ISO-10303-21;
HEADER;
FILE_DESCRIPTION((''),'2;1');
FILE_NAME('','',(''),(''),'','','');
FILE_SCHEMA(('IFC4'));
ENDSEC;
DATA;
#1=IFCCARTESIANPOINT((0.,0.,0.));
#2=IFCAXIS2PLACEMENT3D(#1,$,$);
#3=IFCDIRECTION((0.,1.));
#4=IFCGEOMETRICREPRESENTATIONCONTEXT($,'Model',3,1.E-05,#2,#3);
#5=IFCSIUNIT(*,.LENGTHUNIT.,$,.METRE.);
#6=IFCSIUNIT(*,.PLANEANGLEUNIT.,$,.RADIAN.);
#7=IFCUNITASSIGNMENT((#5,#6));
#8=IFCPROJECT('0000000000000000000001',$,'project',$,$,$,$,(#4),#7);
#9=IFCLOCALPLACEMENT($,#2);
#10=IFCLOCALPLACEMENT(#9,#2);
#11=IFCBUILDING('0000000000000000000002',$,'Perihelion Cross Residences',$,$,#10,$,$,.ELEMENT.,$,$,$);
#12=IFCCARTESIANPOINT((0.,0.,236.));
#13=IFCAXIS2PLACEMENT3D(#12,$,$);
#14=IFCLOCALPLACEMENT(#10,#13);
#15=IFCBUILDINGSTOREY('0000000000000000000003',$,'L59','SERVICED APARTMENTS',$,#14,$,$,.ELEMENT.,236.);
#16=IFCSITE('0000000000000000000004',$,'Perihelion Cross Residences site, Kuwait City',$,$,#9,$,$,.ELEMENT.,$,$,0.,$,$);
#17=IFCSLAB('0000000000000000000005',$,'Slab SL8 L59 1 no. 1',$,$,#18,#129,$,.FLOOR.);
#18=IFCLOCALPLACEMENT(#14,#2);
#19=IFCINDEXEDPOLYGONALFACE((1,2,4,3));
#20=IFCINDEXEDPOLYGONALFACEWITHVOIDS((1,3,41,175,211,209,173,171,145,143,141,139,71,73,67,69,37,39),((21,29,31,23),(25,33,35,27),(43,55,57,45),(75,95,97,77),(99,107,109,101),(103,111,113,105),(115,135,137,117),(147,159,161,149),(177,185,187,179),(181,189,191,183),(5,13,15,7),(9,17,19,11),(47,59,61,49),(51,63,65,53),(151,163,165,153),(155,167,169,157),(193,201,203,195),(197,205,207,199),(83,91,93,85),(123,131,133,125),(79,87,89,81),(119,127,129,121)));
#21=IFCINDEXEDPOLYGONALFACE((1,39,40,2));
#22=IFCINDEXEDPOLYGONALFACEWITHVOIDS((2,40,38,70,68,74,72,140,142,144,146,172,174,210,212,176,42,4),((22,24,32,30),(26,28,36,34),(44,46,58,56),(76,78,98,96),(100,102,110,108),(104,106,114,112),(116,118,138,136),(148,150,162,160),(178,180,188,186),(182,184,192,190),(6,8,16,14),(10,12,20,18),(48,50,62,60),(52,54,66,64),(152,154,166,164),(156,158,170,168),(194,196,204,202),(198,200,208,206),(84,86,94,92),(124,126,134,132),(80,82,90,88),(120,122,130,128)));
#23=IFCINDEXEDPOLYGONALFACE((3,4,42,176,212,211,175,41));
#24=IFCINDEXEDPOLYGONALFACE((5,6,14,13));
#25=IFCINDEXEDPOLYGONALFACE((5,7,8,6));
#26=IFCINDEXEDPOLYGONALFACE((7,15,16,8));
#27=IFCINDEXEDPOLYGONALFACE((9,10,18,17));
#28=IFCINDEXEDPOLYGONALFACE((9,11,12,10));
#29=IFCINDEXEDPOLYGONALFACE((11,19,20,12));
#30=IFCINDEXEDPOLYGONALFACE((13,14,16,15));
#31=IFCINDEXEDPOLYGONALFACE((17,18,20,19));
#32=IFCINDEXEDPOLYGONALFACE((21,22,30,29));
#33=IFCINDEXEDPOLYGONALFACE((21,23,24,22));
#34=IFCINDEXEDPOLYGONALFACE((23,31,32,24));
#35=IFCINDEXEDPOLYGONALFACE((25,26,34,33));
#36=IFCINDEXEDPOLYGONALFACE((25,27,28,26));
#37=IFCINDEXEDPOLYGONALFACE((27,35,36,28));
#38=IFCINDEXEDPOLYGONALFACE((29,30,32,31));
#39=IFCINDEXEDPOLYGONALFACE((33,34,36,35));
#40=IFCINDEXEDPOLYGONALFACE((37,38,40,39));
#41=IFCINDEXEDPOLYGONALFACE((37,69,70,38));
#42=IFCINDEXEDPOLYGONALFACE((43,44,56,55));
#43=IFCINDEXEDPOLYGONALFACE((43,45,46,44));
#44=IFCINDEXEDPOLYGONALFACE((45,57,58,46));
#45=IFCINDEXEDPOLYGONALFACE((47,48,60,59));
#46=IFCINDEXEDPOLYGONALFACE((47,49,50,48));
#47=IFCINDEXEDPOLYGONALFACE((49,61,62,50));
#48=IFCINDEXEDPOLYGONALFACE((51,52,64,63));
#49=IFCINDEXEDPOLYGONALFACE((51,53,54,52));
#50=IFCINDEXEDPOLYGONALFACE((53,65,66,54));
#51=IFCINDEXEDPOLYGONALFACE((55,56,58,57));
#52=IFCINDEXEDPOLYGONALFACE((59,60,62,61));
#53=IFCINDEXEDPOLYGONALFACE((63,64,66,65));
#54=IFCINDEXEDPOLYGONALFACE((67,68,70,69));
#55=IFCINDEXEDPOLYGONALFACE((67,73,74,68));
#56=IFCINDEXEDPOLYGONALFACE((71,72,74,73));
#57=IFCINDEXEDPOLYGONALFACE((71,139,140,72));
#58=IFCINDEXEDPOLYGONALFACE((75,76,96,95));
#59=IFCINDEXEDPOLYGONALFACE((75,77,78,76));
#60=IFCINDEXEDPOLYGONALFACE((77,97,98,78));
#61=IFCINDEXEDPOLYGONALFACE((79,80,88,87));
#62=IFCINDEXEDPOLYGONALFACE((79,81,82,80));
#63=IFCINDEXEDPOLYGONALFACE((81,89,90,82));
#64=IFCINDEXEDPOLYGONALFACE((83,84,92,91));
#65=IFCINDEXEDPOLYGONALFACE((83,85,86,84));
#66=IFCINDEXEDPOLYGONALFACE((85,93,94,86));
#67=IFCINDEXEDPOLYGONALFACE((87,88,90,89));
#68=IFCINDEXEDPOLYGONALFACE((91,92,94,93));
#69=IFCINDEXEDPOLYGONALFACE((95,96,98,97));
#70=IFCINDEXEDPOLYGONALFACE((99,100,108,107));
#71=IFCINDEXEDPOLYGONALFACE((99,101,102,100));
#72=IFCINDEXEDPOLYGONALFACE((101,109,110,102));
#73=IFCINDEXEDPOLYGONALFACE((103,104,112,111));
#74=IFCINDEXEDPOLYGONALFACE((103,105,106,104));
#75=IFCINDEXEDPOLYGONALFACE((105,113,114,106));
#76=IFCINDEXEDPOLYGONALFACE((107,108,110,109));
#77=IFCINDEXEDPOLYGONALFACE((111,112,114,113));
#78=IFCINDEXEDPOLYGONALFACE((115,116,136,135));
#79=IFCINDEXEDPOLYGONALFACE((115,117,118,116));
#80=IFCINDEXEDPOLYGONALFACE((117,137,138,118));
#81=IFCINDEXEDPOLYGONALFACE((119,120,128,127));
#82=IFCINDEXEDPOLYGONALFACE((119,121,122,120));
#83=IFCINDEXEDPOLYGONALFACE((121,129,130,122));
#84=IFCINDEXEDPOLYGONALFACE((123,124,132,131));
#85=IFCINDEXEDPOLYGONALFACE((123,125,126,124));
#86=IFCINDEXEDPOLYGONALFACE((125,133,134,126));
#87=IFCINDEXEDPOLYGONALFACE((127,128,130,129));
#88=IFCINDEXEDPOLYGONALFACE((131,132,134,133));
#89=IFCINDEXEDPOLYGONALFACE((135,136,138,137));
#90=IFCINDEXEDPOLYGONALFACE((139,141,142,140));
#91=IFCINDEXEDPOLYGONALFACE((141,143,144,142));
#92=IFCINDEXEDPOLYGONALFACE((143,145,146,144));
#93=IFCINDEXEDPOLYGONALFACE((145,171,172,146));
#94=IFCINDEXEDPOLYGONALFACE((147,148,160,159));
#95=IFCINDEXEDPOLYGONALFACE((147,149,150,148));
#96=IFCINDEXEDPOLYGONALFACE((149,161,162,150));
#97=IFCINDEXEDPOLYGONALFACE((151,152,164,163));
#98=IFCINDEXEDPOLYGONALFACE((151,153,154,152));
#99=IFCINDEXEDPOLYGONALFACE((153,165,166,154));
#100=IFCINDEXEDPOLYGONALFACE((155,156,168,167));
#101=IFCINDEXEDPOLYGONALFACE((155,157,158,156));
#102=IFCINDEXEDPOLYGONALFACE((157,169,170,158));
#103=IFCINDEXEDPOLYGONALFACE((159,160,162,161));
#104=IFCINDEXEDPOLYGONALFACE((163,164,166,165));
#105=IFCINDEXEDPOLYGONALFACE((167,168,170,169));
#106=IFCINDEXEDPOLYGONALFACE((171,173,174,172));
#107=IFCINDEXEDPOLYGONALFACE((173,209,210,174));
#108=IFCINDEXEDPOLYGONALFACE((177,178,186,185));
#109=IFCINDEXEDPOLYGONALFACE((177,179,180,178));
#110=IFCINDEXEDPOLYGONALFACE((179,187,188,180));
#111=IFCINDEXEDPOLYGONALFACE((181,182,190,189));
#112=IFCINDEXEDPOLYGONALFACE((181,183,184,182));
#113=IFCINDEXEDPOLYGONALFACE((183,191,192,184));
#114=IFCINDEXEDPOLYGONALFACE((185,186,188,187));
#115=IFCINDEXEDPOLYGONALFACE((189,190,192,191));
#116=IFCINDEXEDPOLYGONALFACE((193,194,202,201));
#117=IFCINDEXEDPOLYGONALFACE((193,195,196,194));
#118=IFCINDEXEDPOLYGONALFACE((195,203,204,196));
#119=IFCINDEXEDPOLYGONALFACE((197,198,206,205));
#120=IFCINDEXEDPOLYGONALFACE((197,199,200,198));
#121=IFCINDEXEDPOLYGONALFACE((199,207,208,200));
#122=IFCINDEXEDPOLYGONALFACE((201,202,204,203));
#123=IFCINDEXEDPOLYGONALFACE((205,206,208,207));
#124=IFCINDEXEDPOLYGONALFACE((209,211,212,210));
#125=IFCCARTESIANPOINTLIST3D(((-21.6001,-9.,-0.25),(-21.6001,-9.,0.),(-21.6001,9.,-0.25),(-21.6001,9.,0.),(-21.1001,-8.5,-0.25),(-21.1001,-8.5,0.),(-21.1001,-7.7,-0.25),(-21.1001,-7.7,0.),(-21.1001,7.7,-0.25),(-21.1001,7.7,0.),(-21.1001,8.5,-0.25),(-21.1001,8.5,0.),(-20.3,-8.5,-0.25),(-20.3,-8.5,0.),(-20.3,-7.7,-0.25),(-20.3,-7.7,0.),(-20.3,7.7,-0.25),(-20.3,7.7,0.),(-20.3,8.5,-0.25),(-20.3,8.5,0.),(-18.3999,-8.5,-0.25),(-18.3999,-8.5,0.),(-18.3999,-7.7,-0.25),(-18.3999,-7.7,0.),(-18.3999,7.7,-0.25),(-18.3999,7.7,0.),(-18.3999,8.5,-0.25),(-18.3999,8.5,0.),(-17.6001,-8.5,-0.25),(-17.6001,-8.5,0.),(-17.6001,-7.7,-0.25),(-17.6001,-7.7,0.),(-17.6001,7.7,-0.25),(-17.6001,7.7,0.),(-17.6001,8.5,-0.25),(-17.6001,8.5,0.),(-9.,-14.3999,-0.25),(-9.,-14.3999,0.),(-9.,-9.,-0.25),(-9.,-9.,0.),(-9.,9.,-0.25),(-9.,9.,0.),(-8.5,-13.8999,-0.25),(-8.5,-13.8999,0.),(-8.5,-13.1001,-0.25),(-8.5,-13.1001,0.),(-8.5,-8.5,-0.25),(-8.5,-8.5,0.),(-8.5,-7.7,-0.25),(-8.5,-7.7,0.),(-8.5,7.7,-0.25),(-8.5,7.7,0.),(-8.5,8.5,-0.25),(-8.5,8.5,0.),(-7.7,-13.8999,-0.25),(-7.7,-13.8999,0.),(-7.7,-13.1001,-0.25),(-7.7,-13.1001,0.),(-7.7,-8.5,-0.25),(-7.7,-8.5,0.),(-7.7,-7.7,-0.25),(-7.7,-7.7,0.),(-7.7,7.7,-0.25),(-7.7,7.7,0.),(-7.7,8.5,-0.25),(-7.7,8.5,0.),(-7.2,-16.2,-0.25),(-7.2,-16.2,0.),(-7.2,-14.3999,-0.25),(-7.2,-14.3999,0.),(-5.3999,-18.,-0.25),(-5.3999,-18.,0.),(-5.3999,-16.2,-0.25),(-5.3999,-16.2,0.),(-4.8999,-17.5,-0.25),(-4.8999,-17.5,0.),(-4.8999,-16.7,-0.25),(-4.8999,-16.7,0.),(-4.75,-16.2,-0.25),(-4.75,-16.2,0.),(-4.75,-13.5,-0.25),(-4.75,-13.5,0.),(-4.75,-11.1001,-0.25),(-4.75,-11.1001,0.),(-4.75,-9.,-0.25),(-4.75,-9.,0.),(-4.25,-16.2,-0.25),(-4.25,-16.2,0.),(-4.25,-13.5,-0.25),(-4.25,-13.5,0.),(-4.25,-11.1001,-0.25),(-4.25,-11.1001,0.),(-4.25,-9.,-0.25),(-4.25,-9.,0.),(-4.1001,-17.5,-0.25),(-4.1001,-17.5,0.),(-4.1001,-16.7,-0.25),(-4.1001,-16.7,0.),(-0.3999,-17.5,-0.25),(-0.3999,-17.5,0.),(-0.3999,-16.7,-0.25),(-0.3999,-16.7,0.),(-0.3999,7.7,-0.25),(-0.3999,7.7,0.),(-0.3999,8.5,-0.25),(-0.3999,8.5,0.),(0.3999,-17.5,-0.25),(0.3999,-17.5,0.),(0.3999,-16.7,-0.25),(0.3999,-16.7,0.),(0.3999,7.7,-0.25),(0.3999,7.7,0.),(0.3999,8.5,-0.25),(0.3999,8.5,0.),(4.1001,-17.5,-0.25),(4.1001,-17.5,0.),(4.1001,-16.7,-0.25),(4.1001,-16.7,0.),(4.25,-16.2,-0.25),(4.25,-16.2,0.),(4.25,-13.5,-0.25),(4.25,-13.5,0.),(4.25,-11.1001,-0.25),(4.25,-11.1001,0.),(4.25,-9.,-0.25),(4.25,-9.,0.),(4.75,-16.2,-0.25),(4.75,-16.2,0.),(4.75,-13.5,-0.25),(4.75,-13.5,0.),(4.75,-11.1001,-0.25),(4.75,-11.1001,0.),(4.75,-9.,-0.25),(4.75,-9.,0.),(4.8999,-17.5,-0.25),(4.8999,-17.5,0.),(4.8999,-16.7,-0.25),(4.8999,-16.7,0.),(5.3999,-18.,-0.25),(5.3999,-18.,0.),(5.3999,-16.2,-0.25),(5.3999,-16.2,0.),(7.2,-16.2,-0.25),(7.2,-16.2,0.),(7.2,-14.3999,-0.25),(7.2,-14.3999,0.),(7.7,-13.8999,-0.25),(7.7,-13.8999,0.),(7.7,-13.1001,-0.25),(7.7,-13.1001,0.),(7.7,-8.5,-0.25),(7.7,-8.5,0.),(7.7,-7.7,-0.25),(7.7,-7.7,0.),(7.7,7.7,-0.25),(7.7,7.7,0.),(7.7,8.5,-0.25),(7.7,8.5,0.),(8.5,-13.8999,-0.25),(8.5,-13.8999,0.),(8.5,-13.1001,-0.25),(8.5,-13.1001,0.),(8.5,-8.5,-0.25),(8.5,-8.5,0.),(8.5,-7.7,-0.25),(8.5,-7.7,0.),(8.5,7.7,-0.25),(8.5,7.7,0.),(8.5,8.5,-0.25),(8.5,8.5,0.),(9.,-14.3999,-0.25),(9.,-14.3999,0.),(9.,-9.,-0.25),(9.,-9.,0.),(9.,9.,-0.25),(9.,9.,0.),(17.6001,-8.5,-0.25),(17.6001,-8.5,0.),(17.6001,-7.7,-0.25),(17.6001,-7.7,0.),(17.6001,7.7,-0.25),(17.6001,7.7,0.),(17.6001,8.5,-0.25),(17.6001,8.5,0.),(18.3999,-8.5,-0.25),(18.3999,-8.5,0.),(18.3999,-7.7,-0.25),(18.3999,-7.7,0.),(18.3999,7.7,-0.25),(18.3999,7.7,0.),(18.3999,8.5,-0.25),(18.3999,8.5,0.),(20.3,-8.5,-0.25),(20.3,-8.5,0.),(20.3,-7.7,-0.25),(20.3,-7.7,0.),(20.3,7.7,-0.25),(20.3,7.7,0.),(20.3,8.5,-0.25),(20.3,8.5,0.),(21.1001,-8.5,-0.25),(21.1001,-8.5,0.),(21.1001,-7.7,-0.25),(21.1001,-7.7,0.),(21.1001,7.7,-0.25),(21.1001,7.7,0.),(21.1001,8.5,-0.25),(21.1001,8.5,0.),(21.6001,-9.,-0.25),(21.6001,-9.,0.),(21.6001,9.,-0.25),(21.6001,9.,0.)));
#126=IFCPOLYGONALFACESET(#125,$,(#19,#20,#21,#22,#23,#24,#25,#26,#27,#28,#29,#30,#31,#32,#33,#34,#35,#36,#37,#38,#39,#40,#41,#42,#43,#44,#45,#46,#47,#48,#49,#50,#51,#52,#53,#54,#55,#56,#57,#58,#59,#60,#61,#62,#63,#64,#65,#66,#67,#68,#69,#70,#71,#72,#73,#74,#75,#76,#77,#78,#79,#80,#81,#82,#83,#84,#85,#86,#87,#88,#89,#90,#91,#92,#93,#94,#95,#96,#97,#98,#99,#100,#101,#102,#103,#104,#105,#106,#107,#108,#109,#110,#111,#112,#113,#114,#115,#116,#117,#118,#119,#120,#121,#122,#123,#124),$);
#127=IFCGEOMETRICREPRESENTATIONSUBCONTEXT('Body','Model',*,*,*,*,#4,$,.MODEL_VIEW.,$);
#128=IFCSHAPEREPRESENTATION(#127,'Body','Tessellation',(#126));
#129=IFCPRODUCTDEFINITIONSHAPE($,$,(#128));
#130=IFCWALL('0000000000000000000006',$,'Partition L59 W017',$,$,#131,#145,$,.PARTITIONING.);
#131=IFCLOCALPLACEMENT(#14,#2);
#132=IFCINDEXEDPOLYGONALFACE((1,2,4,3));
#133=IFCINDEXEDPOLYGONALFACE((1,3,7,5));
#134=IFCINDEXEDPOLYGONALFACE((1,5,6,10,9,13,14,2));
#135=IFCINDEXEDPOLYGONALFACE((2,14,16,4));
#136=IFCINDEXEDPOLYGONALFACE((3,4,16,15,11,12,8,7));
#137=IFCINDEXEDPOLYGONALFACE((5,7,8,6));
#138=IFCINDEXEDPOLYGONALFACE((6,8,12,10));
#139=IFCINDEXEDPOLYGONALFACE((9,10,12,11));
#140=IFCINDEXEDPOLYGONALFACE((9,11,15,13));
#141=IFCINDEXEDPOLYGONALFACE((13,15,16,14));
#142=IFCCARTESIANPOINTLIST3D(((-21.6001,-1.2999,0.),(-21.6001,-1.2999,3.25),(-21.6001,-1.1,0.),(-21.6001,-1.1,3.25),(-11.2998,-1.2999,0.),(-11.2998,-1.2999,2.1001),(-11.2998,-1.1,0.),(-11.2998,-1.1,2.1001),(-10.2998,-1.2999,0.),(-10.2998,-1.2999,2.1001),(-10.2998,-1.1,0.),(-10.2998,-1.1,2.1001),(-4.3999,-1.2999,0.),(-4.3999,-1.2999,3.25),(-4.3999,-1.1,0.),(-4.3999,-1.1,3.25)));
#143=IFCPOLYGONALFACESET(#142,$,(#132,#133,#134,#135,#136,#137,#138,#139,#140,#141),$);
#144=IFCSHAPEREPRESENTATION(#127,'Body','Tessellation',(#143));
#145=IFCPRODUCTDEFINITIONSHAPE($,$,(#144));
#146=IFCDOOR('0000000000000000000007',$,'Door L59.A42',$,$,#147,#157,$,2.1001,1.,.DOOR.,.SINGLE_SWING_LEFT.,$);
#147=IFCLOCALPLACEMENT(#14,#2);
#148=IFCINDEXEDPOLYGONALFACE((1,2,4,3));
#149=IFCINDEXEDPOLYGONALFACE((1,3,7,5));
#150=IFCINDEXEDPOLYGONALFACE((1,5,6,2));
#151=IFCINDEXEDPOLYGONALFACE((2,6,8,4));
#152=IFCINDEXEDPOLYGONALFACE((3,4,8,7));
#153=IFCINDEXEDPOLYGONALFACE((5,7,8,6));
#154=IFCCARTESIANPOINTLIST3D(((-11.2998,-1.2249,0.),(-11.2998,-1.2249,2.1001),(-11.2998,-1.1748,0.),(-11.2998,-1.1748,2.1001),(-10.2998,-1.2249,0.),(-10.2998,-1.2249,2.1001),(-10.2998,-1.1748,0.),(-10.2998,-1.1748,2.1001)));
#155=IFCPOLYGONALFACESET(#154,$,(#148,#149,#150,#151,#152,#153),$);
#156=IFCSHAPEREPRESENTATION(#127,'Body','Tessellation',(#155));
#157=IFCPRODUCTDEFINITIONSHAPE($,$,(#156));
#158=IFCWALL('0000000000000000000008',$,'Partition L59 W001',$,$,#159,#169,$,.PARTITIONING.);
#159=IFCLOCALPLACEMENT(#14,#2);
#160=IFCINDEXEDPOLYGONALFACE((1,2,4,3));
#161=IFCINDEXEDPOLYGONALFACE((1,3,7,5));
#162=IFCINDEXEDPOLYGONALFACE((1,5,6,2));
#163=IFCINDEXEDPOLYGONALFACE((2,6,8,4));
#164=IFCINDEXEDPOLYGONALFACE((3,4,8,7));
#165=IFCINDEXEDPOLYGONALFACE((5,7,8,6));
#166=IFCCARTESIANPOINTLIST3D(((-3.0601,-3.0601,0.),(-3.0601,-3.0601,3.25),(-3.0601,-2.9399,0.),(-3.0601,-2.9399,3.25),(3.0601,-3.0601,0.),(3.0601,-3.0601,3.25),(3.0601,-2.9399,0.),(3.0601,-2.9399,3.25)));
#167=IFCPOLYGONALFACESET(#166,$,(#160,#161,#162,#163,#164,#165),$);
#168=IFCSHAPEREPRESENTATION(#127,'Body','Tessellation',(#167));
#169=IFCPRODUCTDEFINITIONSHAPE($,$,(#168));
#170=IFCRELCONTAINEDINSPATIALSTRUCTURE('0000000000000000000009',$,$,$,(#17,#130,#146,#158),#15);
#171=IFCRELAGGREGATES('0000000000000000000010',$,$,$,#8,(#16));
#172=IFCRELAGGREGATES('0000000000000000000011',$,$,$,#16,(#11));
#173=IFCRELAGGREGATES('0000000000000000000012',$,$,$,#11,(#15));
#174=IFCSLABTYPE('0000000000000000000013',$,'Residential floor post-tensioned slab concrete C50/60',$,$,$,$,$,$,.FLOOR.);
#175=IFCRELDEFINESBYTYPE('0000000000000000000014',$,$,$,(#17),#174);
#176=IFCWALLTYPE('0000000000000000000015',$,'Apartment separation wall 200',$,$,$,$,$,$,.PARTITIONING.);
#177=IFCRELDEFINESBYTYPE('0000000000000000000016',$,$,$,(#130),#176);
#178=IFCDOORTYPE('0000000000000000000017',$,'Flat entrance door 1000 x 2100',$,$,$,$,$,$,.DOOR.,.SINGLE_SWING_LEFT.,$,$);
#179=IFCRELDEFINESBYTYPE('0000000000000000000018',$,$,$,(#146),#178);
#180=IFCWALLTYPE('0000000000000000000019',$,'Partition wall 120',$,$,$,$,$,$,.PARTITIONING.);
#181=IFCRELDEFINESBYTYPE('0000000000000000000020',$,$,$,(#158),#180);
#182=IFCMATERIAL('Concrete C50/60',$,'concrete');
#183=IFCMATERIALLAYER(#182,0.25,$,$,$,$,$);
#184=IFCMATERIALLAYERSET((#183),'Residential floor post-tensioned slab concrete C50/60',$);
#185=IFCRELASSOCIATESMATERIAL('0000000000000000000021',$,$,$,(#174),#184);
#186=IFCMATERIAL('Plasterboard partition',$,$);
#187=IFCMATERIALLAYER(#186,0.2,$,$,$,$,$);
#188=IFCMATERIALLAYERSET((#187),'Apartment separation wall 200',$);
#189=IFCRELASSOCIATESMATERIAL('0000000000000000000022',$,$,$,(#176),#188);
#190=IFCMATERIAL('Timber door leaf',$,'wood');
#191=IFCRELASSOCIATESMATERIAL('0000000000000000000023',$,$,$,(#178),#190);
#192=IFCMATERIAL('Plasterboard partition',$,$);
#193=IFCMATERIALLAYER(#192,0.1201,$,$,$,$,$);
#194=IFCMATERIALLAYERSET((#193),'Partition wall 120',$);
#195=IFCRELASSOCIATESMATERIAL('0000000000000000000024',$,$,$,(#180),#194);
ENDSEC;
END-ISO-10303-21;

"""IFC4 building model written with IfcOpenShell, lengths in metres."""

from ifc_helpers import new_model, si_unit, direction, frame, frame_2d, origin, place, context, subcontext, project, spatial, polyline, rectangle, outline, extrude, material, layer, layer_set, type_object, element, fill, save


model = new_model("IFC4")

# Units and contexts
model_context = context("Model", 3, precision=1e-05, world=origin(), true_north=direction((0.0, 1.0)))
body_context = subcontext(model_context, "Body", "Model", "MODEL_VIEW")
ifc_project = project(units=[si_unit("LENGTHUNIT", "METRE"), si_unit("PLANEANGLEUNIT", "RADIAN")], contexts=[model_context])

# Site, building, storey
site_placement = place(None, origin())
site = spatial("IfcSite", under=ifc_project, at=site_placement, Name="Perihelion Cross Residences site, Kuwait City", CompositionType="ELEMENT", RefElevation=0.0)
building_placement = place(site_placement, origin())
building = spatial("IfcBuilding", under=site, at=building_placement, Name="Perihelion Cross Residences", CompositionType="ELEMENT")
storey_placement = place(building_placement, frame((0.0, 0.0, 236.0)))
storey = spatial("IfcBuildingStorey", under=building, at=storey_placement, Name="L59", Description="SERVICED APARTMENTS", CompositionType="ELEMENT", Elevation=236.0)

# Slab
ifc_material_1 = material(Name="Concrete C50/60", Category="concrete")
ifc_layer_1 = layer(ifc_material_1, 0.25)
ifc_layer_set_1 = layer_set([ifc_layer_1], Name="Residential floor post-tensioned slab concrete C50/60")
slab_type_1 = type_object("IfcSlabType", Name="Residential floor post-tensioned slab concrete C50/60", PredefinedType="FLOOR", material=ifc_layer_set_1)
slab_1_placement = place(storey_placement, frame((0.0, 0.0, -0.25)))
element("IfcSlab", 1, at=slab_1_placement, inside=storey, type_object=slab_type_1, Name="Slab SL8 L59 1 no. 1", PredefinedType="FLOOR", context=body_context, shape_type="SweptSolid", body=[
    extrude(outline(polyline([(-9.0, 9.0), (9.0, 9.0), (21.6001, 9.0), (21.6001, -9.0), (9.0, -9.0), (9.0, -14.3999), (7.2, -14.3999), (7.2, -16.2), (5.3999, -16.2), (5.3999, -18.0), (-5.3999, -18.0), (-5.3999, -16.2), (-7.2, -16.2), (-7.2, -14.3999), (-9.0, -14.3999), (-9.0, -9.0), (-21.6001, -9.0), (-21.6001, 9.0), (-9.0, 9.0)]), holes=[polyline([(-4.1001, -16.7), (-4.8999, -16.7), (-4.8999, -17.5), (-4.1001, -17.5), (-4.1001, -16.7)]), polyline([(0.3999, -17.5), (0.3999, -16.7), (-0.3999, -16.7), (-0.3999, -17.5), (0.3999, -17.5)]), polyline([(-4.25, -16.2), (-4.25, -13.5), (-4.75, -13.5), (-4.75, -16.2), (-4.25, -16.2)]), polyline([(-7.7, -13.1001), (-8.5, -13.1001), (-8.5, -13.8999), (-7.7, -13.8999), (-7.7, -13.1001)]), polyline([(-4.25, -11.1001), (-4.25, -9.0), (-4.75, -9.0), (-4.75, -11.1001), (-4.25, -11.1001)]), polyline([(-20.3, -8.5), (-20.3, -7.7), (-21.1001, -7.7), (-21.1001, -8.5), (-20.3, -8.5)]), polyline([(-17.6001, -7.7), (-18.3999, -7.7), (-18.3999, -8.5), (-17.6001, -8.5), (-17.6001, -7.7)]), polyline([(-7.7, -8.5), (-7.7, -7.7), (-8.5, -7.7), (-8.5, -8.5), (-7.7, -8.5)]), polyline([(-20.3, 8.5), (-21.1001, 8.5), (-21.1001, 7.7), (-20.3, 7.7), (-20.3, 8.5)]), polyline([(-17.6001, 7.7), (-17.6001, 8.5), (-18.3999, 8.5), (-18.3999, 7.7), (-17.6001, 7.7)]), polyline([(-7.7, 7.7), (-7.7, 8.5), (-8.5, 8.5), (-8.5, 7.7), (-7.7, 7.7)]), polyline([(4.8999, -16.7), (4.1001, -16.7), (4.1001, -17.5), (4.8999, -17.5), (4.8999, -16.7)]), polyline([(4.75, -16.2), (4.75, -13.5), (4.25, -13.5), (4.25, -16.2), (4.75, -16.2)]), polyline([(8.5, -13.8999), (8.5, -13.1001), (7.7, -13.1001), (7.7, -13.8999), (8.5, -13.8999)]), polyline([(4.75, -9.0), (4.25, -9.0), (4.25, -11.1001), (4.75, -11.1001), (4.75, -9.0)]), polyline([(8.5, -8.5), (8.5, -7.7), (7.7, -7.7), (7.7, -8.5), (8.5, -8.5)]), polyline([(18.3999, -8.5), (18.3999, -7.7), (17.6001, -7.7), (17.6001, -8.5), (18.3999, -8.5)]), polyline([(21.1001, -7.7), (20.3, -7.7), (20.3, -8.5), (21.1001, -8.5), (21.1001, -7.7)]), polyline([(0.3999, 7.7), (0.3999, 8.5), (-0.3999, 8.5), (-0.3999, 7.7), (0.3999, 7.7)]), polyline([(8.5, 8.5), (7.7, 8.5), (7.7, 7.7), (8.5, 7.7), (8.5, 8.5)]), polyline([(18.3999, 7.7), (18.3999, 8.5), (17.6001, 8.5), (17.6001, 7.7), (18.3999, 7.7)]), polyline([(21.1001, 7.7), (21.1001, 8.5), (20.3, 8.5), (20.3, 7.7), (21.1001, 7.7)])]), origin(), (0.0, 0.0, 1.0), 0.25),
])

# Wall, opening, door
ifc_material_2 = material(Name="Plasterboard partition")
ifc_layer_2 = layer(ifc_material_2, 0.2)
ifc_layer_set_2 = layer_set([ifc_layer_2], Name="Apartment separation wall 200")
wall_type_1 = type_object("IfcWallType", Name="Apartment separation wall 200", PredefinedType="PARTITIONING", material=ifc_layer_set_2)
wall_1_placement = place(storey_placement, frame((-4.3999, -1.2, 0.0), z_axis=(0.0, 0.0, 1.0), x_axis=(-1.0, 0.0, 0.0)))
wall_1 = element("IfcWall", 2, at=wall_1_placement, inside=storey, type_object=wall_type_1, Name="Partition L59 W017", PredefinedType="PARTITIONING", context=body_context, shape_type="SweptSolid", body=[
    extrude(rectangle(XDim=17.2002, YDim=0.2, at=frame_2d((8.6001, 0.0))), origin(), (0.0, 0.0, 1.0), 3.25),
])
opening_1_placement = place(wall_1_placement, frame((5.8999, 0.0, 0.0)))
opening_1 = element("IfcOpeningElement", 3, at=opening_1_placement, cuts=wall_1, PredefinedType="OPENING", context=body_context, shape_type="SweptSolid", body=[
    extrude(rectangle(XDim=1.0, YDim=2.1001, at=frame_2d((0.5, 1.05))), frame((0.0, 0.1099, 0.0), z_axis=(0.0, -1.0, 0.0), x_axis=(1.0, 0.0, 0.0)), (0.0, 0.0, 1.0), 0.22),
])
ifc_material_3 = material(Name="Timber door leaf", Category="wood")
door_type_1 = type_object("IfcDoorType", Name="Flat entrance door 1000 x 2100", OperationType="SINGLE_SWING_LEFT", PredefinedType="DOOR", material=ifc_material_3)
door_1_placement = place(opening_1_placement, origin())
door_1 = element("IfcDoor", 4, at=door_1_placement, inside=storey, type_object=door_type_1, Name="Door L59.A42", OperationType="SINGLE_SWING_LEFT", OverallHeight=2.1001, OverallWidth=1.0, PredefinedType="DOOR", context=body_context, shape_type="SweptSolid", body=[
    extrude(rectangle(XDim=1.0, YDim=2.1001, at=frame_2d((0.5, 1.05))), frame((0.0, 0.0249, 0.0), z_axis=(0.0, -1.0, 0.0), x_axis=(1.0, 0.0, 0.0)), (0.0, 0.0, 1.0), 0.05),
])
fill(opening_1, door_1)

# Wall
ifc_material_4 = material(Name="Plasterboard partition")
ifc_layer_3 = layer(ifc_material_4, 0.1201)
ifc_layer_set_3 = layer_set([ifc_layer_3], Name="Partition wall 120")
wall_type_2 = type_object("IfcWallType", Name="Partition wall 120", PredefinedType="PARTITIONING", material=ifc_layer_set_3)
wall_2_placement = place(storey_placement, frame((-3.0601, -3.0, 0.0), z_axis=(0.0, 0.0, 1.0), x_axis=(1.0, 0.0, 0.0)))
element("IfcWall", 5, at=wall_2_placement, inside=storey, type_object=wall_type_2, Name="Partition L59 W001", PredefinedType="PARTITIONING", context=body_context, shape_type="SweptSolid", body=[
    extrude(rectangle(XDim=6.1201, YDim=0.1201, at=frame_2d((3.0601, 0.0))), origin(), (0.0, 0.0, 1.0), 3.25),
])

save(model, "model.ifc")
